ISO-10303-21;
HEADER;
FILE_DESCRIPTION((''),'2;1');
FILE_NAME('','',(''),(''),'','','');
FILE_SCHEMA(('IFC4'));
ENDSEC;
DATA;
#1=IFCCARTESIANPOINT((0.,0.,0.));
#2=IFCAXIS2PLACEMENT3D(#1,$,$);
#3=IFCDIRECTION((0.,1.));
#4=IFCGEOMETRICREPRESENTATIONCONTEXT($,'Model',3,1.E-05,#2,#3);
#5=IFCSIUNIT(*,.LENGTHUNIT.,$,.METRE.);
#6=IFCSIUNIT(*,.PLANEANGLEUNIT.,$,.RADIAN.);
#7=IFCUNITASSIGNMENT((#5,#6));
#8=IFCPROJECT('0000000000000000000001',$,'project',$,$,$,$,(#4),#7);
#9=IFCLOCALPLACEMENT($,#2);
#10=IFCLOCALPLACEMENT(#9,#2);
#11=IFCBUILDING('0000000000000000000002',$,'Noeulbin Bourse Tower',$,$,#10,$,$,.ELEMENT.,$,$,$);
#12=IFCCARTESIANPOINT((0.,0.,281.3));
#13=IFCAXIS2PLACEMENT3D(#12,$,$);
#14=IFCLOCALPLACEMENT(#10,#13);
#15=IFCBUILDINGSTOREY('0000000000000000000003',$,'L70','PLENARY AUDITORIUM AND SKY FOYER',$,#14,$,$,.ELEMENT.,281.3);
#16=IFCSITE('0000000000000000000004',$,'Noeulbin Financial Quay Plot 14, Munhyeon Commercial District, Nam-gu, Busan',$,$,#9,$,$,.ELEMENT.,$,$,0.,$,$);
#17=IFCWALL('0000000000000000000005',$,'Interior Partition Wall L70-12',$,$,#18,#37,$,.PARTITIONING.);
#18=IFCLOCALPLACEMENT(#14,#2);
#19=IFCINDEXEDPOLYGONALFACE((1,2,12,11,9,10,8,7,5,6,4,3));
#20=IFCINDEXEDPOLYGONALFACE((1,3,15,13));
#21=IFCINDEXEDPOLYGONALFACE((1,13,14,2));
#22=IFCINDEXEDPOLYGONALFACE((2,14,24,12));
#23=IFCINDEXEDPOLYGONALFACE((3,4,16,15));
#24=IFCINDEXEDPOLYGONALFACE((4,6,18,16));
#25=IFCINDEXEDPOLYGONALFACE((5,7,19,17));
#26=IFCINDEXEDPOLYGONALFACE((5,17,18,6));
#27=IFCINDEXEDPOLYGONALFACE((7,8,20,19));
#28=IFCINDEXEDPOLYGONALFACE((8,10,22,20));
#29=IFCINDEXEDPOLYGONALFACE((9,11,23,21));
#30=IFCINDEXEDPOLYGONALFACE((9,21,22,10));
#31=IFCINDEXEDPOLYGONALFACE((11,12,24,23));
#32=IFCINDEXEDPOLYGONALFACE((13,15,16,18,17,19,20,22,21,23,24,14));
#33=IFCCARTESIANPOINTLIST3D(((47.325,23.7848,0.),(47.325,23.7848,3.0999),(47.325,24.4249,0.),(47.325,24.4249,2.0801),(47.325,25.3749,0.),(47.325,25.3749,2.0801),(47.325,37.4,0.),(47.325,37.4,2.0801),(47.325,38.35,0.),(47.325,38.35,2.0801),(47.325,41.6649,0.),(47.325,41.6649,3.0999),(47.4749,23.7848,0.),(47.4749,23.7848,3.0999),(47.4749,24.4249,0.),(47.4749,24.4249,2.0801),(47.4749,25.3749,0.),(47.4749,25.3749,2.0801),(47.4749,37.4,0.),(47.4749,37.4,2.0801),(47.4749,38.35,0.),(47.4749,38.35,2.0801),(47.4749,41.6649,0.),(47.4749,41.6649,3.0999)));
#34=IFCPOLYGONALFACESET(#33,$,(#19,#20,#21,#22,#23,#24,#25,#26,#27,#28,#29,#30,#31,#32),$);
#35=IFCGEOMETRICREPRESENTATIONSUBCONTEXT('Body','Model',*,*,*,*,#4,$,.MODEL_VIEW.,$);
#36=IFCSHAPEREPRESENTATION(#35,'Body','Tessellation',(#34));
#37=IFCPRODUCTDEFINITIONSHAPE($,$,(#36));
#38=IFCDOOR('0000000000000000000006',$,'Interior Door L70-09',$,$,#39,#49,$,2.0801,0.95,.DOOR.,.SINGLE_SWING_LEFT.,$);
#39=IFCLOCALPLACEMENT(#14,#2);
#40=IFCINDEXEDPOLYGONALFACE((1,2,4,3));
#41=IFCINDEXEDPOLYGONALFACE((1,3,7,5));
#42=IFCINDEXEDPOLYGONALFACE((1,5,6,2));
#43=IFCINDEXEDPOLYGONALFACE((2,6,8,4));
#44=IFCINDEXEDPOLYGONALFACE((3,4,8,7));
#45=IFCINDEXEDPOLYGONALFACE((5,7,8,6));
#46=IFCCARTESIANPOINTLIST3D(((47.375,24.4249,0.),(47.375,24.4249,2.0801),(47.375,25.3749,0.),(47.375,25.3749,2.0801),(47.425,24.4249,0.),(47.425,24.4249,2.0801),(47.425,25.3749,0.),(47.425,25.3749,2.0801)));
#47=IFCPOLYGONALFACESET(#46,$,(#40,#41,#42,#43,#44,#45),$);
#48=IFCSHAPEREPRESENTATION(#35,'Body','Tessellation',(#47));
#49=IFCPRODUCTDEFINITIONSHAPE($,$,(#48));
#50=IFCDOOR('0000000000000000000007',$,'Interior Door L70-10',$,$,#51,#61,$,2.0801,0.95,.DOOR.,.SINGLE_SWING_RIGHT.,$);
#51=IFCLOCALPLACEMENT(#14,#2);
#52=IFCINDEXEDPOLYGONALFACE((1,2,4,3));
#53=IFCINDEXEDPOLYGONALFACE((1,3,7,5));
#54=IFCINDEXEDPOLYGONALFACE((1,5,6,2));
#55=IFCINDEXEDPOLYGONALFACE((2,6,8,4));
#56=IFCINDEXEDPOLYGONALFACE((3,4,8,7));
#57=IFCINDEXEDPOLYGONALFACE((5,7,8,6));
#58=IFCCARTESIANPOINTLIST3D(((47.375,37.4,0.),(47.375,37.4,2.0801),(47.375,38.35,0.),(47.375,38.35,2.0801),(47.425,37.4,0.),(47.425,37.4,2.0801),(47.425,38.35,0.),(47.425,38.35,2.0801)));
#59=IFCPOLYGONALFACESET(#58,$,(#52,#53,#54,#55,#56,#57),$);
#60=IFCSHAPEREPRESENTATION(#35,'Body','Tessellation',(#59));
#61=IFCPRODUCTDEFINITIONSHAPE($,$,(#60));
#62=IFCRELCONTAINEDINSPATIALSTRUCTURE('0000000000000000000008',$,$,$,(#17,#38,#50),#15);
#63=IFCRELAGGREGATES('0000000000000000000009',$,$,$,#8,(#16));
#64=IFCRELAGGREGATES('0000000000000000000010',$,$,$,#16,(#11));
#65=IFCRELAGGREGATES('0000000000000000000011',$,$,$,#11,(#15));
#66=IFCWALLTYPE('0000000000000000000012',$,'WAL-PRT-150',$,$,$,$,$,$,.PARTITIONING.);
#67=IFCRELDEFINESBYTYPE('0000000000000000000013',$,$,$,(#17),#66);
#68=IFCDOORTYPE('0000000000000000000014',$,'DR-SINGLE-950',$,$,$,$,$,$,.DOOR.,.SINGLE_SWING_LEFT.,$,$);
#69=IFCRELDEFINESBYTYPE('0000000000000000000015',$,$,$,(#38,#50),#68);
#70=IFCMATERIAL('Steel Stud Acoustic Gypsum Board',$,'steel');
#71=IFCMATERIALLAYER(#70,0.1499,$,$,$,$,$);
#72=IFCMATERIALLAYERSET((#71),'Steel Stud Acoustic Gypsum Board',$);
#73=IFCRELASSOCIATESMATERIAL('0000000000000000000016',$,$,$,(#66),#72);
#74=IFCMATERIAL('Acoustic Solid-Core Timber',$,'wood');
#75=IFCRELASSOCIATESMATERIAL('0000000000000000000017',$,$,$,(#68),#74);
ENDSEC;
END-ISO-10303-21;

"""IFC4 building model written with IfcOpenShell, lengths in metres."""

from ifc_helpers import new_model, si_unit, direction, frame, frame_2d, origin, place, context, subcontext, project, spatial, rectangle, extrude, material, layer, layer_set, type_object, element, fill, save


model = new_model("IFC4")

# Units and contexts
model_context = context("Model", 3, precision=1e-05, world=origin(), true_north=direction((0.0, 1.0)))
body_context = subcontext(model_context, "Body", "Model", "MODEL_VIEW")
ifc_project = project(units=[si_unit("LENGTHUNIT", "METRE"), si_unit("PLANEANGLEUNIT", "RADIAN")], contexts=[model_context])

# Site, building, storey
site_placement = place(None, origin())
site = spatial("IfcSite", under=ifc_project, at=site_placement, Name="Noeulbin Financial Quay Plot 14, Munhyeon Commercial District, Nam-gu, Busan", CompositionType="ELEMENT", RefElevation=0.0)
building_placement = place(site_placement, origin())
building = spatial("IfcBuilding", under=site, at=building_placement, Name="Noeulbin Bourse Tower", CompositionType="ELEMENT")
storey_placement = place(building_placement, frame((0.0, 0.0, 281.3)))
storey = spatial("IfcBuildingStorey", under=building, at=storey_placement, Name="L70", Description="PLENARY AUDITORIUM AND SKY FOYER", CompositionType="ELEMENT", Elevation=281.3)

# Wall, openings, doors
ifc_material_1 = material(Name="Steel Stud Acoustic Gypsum Board", Category="steel")
ifc_layer_1 = layer(ifc_material_1, 0.1499)
ifc_layer_set_1 = layer_set([ifc_layer_1], Name="Steel Stud Acoustic Gypsum Board")
wall_type_1 = type_object("IfcWallType", Name="WAL-PRT-150", PredefinedType="PARTITIONING", material=ifc_layer_set_1)
wall_1_placement = place(storey_placement, frame((47.3999, 23.7849, 0.0), z_axis=(0.0, 0.0, 1.0), x_axis=(0.0, 1.0, 0.0)))
wall_1 = element("IfcWall", 1, at=wall_1_placement, inside=storey, type_object=wall_type_1, Name="Interior Partition Wall L70-12", PredefinedType="PARTITIONING", context=body_context, shape_type="SweptSolid", body=[
    extrude(rectangle(XDim=17.8801, YDim=0.1499, at=frame_2d((8.9399, 0.0))), origin(), (0.0, 0.0, 1.0), 3.0999),
])
opening_1_placement = place(wall_1_placement, frame((0.6399, 0.0, 0.0)))
opening_1 = element("IfcOpeningElement", 2, at=opening_1_placement, cuts=wall_1, PredefinedType="OPENING", context=body_context, shape_type="SweptSolid", body=[
    extrude(rectangle(XDim=0.95, YDim=2.0801, at=frame_2d((0.4751, 1.04))), frame((0.0, 0.085, 0.0), z_axis=(0.0, -1.0, 0.0), x_axis=(1.0, 0.0, 0.0)), (0.0, 0.0, 1.0), 0.1699),
])
opening_2_placement = place(wall_1_placement, frame((13.615, 0.0, 0.0)))
opening_2 = element("IfcOpeningElement", 3, at=opening_2_placement, cuts=wall_1, PredefinedType="OPENING", context=body_context, shape_type="SweptSolid", body=[
    extrude(rectangle(XDim=0.95, YDim=2.0801, at=frame_2d((0.4751, 1.04))), frame((0.0, 0.085, 0.0), z_axis=(0.0, -1.0, 0.0), x_axis=(1.0, 0.0, 0.0)), (0.0, 0.0, 1.0), 0.1699),
])
ifc_material_2 = material(Name="Acoustic Solid-Core Timber", Category="wood")
door_type = type_object("IfcDoorType", Name="DR-SINGLE-950", OperationType="SINGLE_SWING_LEFT", PredefinedType="DOOR", material=ifc_material_2)
door_1_placement = place(opening_1_placement, origin())
door_1 = element("IfcDoor", 4, at=door_1_placement, inside=storey, type_object=door_type, Name="Interior Door L70-09", OperationType="SINGLE_SWING_LEFT", OverallHeight=2.0801, OverallWidth=0.95, PredefinedType="DOOR", context=body_context, shape_type="SweptSolid", body=[
    extrude(rectangle(XDim=0.95, YDim=2.0801, at=frame_2d((0.4751, 1.04))), frame((0.0, 0.0249, 0.0), z_axis=(0.0, -1.0, 0.0), x_axis=(1.0, 0.0, 0.0)), (0.0, 0.0, 1.0), 0.05),
])
fill(opening_1, door_1)
door_2_placement = place(opening_2_placement, origin())
door_2 = element("IfcDoor", 5, at=door_2_placement, inside=storey, type_object=door_type, Name="Interior Door L70-10", OperationType="SINGLE_SWING_RIGHT", OverallHeight=2.0801, OverallWidth=0.95, PredefinedType="DOOR", context=body_context, shape_type="SweptSolid", body=[
    extrude(rectangle(XDim=0.95, YDim=2.0801, at=frame_2d((0.4751, 1.04))), frame((0.0, 0.0249, 0.0), z_axis=(0.0, -1.0, 0.0), x_axis=(1.0, 0.0, 0.0)), (0.0, 0.0, 1.0), 0.05),
])
fill(opening_2, door_2)

save(model, "model.ifc")
